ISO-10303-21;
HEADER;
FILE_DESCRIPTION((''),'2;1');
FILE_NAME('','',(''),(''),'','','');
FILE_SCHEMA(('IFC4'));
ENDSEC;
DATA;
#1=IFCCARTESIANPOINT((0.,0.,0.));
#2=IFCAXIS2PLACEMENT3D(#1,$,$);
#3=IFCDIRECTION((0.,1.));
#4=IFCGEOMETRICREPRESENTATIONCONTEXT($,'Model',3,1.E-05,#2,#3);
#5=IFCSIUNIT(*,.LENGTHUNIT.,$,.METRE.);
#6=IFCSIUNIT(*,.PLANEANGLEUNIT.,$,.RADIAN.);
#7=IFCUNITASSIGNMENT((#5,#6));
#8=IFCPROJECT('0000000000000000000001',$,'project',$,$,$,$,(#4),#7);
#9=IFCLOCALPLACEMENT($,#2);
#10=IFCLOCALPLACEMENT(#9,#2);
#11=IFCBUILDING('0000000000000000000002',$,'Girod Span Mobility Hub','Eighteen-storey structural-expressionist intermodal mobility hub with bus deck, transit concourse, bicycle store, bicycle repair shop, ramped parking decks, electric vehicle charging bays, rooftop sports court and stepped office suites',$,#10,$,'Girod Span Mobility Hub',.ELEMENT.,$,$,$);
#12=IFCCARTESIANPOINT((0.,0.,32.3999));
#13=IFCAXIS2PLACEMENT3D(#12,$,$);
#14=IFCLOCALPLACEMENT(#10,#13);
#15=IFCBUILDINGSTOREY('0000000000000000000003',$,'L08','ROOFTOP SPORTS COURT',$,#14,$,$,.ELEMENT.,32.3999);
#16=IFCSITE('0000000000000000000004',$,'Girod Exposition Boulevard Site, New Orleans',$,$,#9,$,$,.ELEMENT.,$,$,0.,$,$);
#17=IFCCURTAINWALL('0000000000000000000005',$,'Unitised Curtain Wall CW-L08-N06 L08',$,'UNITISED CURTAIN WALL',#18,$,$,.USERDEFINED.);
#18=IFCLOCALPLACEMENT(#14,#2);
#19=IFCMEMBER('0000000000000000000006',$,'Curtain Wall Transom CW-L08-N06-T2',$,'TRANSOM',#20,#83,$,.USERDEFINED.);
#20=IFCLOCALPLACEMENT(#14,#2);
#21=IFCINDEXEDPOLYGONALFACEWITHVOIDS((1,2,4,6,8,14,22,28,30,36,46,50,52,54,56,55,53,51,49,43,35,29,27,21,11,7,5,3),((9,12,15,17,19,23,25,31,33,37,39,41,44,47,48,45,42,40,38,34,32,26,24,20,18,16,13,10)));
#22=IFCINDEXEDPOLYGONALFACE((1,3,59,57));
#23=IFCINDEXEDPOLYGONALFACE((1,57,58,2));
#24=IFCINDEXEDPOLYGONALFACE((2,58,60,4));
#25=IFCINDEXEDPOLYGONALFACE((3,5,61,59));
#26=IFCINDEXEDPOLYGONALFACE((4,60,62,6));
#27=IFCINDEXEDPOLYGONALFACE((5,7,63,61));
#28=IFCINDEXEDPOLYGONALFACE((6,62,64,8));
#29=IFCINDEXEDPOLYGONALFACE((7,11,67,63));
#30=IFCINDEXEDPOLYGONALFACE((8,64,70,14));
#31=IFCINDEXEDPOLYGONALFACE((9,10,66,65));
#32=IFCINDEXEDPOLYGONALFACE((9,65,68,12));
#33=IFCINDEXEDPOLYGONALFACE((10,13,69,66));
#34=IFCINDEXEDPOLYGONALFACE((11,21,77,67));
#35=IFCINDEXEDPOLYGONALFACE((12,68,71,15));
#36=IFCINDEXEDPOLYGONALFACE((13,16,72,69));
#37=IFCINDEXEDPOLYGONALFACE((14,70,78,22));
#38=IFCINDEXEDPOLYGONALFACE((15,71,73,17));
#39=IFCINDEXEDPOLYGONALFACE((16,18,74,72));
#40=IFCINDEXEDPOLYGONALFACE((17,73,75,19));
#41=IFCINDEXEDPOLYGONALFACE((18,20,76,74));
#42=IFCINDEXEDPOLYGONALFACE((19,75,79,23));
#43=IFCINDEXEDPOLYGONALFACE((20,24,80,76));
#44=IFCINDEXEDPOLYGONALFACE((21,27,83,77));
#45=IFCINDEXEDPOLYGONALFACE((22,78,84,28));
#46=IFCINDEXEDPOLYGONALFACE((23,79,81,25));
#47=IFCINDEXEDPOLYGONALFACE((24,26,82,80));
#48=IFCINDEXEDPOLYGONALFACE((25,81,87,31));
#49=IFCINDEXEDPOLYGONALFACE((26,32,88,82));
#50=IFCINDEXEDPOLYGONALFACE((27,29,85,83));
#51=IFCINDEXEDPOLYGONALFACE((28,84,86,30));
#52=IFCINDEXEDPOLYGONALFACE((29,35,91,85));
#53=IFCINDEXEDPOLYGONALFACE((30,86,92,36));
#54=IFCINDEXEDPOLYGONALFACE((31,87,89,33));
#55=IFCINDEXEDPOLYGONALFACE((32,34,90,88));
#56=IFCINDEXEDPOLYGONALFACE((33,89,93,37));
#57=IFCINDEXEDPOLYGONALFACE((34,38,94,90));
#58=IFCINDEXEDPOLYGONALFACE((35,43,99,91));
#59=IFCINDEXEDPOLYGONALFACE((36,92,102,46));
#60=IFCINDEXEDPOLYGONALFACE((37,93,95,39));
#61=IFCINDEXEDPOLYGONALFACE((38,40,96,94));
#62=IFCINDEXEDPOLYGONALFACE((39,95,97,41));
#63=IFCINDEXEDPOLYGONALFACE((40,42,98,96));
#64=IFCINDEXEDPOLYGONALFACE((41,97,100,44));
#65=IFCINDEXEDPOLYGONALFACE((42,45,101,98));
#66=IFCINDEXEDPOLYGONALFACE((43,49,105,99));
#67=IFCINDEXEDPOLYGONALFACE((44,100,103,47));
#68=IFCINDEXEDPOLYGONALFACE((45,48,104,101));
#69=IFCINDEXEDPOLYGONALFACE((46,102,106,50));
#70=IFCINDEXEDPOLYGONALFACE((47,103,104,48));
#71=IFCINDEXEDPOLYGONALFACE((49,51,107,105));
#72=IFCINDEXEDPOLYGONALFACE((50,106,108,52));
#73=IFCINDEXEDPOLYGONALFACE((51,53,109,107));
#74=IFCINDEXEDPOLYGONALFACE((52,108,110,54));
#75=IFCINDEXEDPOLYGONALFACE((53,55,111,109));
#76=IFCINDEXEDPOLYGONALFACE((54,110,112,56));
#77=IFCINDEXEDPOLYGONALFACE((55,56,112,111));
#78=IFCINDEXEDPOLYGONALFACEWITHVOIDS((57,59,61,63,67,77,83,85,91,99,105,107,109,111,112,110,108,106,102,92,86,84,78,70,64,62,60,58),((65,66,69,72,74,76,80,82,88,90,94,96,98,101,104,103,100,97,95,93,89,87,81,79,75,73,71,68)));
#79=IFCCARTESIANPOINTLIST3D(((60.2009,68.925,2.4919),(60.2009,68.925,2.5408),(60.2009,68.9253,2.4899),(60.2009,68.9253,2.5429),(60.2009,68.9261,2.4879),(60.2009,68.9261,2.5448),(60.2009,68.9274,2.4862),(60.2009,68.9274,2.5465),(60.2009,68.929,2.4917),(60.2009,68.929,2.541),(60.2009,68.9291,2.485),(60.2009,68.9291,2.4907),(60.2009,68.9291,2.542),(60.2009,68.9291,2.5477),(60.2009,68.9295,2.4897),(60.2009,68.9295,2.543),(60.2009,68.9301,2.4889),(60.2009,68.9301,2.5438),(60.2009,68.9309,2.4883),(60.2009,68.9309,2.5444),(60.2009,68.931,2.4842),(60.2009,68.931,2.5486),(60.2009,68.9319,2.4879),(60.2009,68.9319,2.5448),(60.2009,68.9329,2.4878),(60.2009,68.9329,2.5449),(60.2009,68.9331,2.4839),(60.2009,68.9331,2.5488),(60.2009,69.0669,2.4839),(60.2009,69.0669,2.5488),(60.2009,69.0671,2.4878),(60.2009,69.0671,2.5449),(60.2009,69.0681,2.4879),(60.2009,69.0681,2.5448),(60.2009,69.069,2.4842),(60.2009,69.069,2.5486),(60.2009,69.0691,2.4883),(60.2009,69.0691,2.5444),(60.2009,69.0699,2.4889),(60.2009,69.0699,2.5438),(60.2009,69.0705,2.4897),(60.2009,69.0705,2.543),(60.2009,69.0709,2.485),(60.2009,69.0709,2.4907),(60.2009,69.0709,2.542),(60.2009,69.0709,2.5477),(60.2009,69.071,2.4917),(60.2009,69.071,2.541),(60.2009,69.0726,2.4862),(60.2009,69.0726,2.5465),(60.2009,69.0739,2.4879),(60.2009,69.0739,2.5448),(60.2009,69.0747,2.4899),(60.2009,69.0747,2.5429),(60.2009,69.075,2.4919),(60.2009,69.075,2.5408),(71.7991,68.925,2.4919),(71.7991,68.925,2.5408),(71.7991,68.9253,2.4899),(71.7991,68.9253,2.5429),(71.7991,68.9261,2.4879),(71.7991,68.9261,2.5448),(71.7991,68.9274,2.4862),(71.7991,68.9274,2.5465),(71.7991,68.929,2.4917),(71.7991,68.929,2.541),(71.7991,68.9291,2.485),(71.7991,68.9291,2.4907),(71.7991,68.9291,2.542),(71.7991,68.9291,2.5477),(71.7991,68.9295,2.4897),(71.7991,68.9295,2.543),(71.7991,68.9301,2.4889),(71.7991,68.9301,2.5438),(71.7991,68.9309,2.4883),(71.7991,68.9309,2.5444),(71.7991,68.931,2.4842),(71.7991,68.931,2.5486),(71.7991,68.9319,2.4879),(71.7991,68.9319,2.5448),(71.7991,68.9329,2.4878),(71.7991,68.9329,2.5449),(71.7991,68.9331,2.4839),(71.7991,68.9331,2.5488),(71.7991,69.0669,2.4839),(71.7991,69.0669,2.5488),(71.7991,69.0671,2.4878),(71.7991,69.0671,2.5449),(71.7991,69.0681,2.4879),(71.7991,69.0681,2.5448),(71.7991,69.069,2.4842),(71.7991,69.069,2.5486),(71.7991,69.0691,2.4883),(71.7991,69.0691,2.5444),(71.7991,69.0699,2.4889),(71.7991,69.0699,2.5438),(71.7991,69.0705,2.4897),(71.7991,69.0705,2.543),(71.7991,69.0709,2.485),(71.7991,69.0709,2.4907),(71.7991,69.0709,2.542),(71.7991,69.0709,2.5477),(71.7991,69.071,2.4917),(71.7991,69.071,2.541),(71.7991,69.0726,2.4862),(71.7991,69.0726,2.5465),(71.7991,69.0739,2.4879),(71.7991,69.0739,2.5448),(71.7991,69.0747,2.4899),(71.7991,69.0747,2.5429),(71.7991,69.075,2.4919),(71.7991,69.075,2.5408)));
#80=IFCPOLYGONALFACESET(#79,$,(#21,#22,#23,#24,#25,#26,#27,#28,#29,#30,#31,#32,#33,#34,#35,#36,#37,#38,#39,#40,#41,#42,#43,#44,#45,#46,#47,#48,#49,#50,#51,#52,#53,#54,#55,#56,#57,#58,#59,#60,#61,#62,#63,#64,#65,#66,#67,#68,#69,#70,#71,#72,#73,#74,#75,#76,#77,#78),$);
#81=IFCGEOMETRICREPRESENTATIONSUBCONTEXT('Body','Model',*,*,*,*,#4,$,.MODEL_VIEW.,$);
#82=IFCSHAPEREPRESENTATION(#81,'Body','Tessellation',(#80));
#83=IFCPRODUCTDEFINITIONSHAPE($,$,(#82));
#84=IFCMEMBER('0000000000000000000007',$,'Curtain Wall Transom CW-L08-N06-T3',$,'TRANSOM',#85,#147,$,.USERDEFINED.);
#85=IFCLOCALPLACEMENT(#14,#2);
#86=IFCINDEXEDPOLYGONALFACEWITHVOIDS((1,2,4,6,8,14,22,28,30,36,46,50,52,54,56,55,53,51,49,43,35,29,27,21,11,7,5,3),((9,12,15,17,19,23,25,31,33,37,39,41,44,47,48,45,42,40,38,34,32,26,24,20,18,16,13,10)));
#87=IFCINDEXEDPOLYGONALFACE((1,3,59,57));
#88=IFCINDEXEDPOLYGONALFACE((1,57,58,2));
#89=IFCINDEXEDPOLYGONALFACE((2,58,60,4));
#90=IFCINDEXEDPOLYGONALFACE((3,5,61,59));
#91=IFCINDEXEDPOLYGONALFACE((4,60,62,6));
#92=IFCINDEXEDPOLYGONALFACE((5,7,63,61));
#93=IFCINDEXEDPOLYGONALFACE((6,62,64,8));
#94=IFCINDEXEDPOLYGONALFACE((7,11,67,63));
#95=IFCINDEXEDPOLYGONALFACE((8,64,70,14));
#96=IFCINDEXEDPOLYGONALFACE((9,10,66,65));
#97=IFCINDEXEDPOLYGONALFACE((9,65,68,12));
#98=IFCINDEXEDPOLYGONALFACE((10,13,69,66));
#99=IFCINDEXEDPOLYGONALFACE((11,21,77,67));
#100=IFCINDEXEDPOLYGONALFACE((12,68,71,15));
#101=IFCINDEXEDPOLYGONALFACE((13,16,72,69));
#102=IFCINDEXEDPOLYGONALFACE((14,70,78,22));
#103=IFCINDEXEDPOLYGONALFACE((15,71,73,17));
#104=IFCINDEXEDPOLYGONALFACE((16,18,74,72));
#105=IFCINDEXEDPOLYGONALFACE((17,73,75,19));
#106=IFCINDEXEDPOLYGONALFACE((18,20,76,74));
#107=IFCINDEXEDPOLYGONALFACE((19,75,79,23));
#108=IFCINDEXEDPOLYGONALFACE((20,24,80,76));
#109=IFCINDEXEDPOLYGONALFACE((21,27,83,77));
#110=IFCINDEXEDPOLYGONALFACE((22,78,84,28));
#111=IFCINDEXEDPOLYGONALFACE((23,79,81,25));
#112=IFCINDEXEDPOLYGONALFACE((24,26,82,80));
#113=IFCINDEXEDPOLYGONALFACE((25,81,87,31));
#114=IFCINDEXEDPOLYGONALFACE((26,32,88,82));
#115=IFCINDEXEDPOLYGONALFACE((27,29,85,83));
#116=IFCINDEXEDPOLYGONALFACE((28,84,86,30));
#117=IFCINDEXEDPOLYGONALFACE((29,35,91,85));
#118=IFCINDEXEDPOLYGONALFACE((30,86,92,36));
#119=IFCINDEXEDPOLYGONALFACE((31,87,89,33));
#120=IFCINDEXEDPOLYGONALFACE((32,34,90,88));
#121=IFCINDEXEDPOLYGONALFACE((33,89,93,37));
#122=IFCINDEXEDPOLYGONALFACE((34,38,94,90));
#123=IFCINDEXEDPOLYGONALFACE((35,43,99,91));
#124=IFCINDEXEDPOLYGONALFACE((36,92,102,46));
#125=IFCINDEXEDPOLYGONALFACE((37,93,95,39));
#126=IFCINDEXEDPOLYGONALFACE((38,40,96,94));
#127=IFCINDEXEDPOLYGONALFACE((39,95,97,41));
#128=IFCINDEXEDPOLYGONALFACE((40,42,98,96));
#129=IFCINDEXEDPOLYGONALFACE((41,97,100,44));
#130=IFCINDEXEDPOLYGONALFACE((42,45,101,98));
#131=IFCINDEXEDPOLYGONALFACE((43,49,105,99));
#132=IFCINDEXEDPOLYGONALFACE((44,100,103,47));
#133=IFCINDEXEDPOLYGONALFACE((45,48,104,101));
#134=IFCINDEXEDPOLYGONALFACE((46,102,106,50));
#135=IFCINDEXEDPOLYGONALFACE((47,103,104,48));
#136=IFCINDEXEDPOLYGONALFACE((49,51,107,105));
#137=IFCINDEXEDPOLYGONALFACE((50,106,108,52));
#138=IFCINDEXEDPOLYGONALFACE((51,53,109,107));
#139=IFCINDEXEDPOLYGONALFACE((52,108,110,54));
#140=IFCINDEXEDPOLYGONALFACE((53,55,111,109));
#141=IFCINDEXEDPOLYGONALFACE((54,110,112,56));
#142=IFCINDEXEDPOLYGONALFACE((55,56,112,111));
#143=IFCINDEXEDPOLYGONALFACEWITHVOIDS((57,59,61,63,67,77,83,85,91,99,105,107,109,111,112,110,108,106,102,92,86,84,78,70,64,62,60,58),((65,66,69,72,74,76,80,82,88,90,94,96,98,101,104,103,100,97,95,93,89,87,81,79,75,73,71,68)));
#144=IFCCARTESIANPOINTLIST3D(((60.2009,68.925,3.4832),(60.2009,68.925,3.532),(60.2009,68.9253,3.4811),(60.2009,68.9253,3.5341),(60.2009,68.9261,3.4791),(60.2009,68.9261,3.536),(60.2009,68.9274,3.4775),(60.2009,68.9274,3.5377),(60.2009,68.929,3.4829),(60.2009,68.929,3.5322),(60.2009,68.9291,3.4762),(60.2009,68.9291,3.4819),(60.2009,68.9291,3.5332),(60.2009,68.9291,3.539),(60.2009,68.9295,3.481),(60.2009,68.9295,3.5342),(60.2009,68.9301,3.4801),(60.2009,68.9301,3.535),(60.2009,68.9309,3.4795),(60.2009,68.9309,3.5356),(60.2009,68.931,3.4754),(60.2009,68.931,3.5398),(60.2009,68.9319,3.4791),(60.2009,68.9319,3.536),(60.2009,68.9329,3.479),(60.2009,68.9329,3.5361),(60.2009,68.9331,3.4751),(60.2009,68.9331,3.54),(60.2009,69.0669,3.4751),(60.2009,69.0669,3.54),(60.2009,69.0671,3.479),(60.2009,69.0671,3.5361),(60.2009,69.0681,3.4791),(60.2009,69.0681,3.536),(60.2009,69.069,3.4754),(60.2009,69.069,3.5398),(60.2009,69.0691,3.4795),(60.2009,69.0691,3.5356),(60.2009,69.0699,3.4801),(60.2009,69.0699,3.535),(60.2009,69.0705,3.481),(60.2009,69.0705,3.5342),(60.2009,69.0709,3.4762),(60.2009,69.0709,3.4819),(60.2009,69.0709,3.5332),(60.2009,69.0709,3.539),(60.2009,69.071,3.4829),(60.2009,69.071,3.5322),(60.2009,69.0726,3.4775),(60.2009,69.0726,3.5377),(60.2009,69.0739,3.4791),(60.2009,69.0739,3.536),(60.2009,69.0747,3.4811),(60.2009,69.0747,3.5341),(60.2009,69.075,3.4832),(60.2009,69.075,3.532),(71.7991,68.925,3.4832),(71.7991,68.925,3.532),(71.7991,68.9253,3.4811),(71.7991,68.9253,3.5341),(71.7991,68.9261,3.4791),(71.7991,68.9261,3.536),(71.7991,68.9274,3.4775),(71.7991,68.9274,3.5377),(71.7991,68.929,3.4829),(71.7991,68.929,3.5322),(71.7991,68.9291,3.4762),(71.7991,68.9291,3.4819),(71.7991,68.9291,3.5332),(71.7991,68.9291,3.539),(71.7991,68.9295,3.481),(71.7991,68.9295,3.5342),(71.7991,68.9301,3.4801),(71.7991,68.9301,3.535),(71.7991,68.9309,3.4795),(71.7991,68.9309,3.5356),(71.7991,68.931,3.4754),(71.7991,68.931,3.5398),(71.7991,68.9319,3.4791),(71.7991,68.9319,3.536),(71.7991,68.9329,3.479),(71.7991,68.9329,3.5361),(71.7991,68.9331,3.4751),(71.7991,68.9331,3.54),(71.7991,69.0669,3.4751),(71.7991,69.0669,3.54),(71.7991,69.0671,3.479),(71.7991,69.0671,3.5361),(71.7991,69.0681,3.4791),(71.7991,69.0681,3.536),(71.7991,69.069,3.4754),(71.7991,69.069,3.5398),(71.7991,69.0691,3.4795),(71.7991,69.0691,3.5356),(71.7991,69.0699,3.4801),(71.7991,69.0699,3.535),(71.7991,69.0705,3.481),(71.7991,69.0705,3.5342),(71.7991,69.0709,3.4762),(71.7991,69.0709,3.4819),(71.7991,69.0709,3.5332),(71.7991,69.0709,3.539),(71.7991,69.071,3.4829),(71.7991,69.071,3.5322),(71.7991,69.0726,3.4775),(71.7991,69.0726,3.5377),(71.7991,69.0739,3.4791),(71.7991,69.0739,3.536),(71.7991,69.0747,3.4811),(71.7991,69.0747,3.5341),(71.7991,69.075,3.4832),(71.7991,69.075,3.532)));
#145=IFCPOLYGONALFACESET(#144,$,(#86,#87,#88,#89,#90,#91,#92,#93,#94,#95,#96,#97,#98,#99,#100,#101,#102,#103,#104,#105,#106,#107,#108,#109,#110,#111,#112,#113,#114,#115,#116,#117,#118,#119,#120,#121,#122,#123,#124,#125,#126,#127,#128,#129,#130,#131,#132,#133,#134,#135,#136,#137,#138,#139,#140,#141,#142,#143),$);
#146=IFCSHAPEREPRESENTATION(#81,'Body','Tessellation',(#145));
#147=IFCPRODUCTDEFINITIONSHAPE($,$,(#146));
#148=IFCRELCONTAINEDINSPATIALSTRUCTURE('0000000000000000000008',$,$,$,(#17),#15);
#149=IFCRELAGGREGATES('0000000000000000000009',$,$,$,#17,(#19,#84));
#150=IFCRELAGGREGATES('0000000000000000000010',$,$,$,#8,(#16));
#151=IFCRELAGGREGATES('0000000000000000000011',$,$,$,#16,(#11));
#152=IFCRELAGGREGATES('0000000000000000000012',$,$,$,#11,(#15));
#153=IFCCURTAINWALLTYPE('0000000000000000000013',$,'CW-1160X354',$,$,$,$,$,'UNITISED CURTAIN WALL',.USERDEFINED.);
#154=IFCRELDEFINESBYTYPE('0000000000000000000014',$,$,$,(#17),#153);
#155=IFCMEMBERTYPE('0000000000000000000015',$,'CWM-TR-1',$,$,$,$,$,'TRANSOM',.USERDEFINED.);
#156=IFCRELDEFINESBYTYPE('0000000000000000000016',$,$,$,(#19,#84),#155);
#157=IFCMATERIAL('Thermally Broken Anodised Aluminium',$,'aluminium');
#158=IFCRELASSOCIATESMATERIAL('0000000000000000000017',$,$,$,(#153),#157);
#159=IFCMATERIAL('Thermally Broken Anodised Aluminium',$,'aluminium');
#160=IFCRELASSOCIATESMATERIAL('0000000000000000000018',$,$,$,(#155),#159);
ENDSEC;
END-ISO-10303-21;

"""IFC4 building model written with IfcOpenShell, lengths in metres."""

from ifc_helpers import new_model, si_unit, direction, frame, origin, origin_2d, place, context, subcontext, project, spatial, hollow_rectangle, extrude, material, material_profile, profile_set, type_object, element, aggregate, save


model = new_model("IFC4")

# Units and contexts
model_context = context("Model", 3, precision=1e-05, world=origin(), true_north=direction((0.0, 1.0)))
body_context = subcontext(model_context, "Body", "Model", "MODEL_VIEW")
ifc_project = project(units=[si_unit("LENGTHUNIT", "METRE"), si_unit("PLANEANGLEUNIT", "RADIAN")], contexts=[model_context])

# Site, building, storey
site_placement = place(None, origin())
site = spatial("IfcSite", under=ifc_project, at=site_placement, Name="Girod Exposition Boulevard Site, New Orleans", CompositionType="ELEMENT", RefElevation=0.0)
building_placement = place(site_placement, origin())
building = spatial("IfcBuilding", under=site, at=building_placement, Name="Girod Span Mobility Hub", Description="Eighteen-storey structural-expressionist intermodal mobility hub with bus deck, transit concourse, bicycle store, bicycle repair shop, ramped parking decks, electric vehicle charging bays, rooftop sports court and stepped office suites", LongName="Girod Span Mobility Hub", CompositionType="ELEMENT")
storey_placement = place(building_placement, frame((0.0, 0.0, 32.3999)))
storey = spatial("IfcBuildingStorey", under=building, at=storey_placement, Name="L08", Description="ROOFTOP SPORTS COURT", CompositionType="ELEMENT", Elevation=32.3999)

# Curtain wall, members
ifc_material_1 = material(Name="Thermally Broken Anodised Aluminium", Category="aluminium")
curtain_wall_type = type_object("IfcCurtainWallType", Name="CW-1160X354", ElementType="UNITISED CURTAIN WALL", PredefinedType="USERDEFINED", material=ifc_material_1)
curtain_wall_placement = place(storey_placement, origin())
curtain_wall = element("IfcCurtainWall", 1, at=curtain_wall_placement, inside=storey, type_object=curtain_wall_type, Name="Unitised Curtain Wall CW-L08-N06 L08", ObjectType="UNITISED CURTAIN WALL", PredefinedType="USERDEFINED")
ifc_material_2 = material(Name="Thermally Broken Anodised Aluminium", Category="aluminium")
ifc_material_profile_1 = material_profile(ifc_material_2, hollow_rectangle(XDim=0.1499, YDim=0.0649, WallThickness=0.0039, InnerFilletRadius=0.0039, OuterFilletRadius=0.0081, at=origin_2d()), Name="CW-TR-65X150")
ifc_profile_set_1 = profile_set([ifc_material_profile_1], Name="Thermally Broken Anodised Aluminium")
member_type_1 = type_object("IfcMemberType", Name="CWM-TR-1", ElementType="TRANSOM", PredefinedType="USERDEFINED", material=ifc_profile_set_1)
member_1_placement = place(storey_placement, frame((60.2009, 69.0, 2.5164), z_axis=(1.0, 0.0, 0.0), x_axis=(0.0, 1.0, 0.0)))
member_1 = element("IfcMember", 2, at=member_1_placement, type_object=member_type_1, Name="Curtain Wall Transom CW-L08-N06-T2", ObjectType="TRANSOM", PredefinedType="USERDEFINED", context=body_context, shape_type="SweptSolid", body=[
    extrude(hollow_rectangle(XDim=0.1499, YDim=0.0649, WallThickness=0.0039, InnerFilletRadius=0.0039, OuterFilletRadius=0.0081, at=origin_2d()), origin(), (0.0, 0.0, 1.0), 11.5981),
])
member_2_placement = place(storey_placement, frame((60.2009, 69.0, 3.5076), z_axis=(1.0, 0.0, 0.0), x_axis=(0.0, 1.0, 0.0)))
member_2 = element("IfcMember", 3, at=member_2_placement, type_object=member_type_1, Name="Curtain Wall Transom CW-L08-N06-T3", ObjectType="TRANSOM", PredefinedType="USERDEFINED", context=body_context, shape_type="SweptSolid", body=[
    extrude(hollow_rectangle(XDim=0.1499, YDim=0.0649, WallThickness=0.0039, InnerFilletRadius=0.0039, OuterFilletRadius=0.0081, at=origin_2d()), origin(), (0.0, 0.0, 1.0), 11.5981),
])

aggregate(curtain_wall, [member_1, member_2])

save(model, "model.ifc")
